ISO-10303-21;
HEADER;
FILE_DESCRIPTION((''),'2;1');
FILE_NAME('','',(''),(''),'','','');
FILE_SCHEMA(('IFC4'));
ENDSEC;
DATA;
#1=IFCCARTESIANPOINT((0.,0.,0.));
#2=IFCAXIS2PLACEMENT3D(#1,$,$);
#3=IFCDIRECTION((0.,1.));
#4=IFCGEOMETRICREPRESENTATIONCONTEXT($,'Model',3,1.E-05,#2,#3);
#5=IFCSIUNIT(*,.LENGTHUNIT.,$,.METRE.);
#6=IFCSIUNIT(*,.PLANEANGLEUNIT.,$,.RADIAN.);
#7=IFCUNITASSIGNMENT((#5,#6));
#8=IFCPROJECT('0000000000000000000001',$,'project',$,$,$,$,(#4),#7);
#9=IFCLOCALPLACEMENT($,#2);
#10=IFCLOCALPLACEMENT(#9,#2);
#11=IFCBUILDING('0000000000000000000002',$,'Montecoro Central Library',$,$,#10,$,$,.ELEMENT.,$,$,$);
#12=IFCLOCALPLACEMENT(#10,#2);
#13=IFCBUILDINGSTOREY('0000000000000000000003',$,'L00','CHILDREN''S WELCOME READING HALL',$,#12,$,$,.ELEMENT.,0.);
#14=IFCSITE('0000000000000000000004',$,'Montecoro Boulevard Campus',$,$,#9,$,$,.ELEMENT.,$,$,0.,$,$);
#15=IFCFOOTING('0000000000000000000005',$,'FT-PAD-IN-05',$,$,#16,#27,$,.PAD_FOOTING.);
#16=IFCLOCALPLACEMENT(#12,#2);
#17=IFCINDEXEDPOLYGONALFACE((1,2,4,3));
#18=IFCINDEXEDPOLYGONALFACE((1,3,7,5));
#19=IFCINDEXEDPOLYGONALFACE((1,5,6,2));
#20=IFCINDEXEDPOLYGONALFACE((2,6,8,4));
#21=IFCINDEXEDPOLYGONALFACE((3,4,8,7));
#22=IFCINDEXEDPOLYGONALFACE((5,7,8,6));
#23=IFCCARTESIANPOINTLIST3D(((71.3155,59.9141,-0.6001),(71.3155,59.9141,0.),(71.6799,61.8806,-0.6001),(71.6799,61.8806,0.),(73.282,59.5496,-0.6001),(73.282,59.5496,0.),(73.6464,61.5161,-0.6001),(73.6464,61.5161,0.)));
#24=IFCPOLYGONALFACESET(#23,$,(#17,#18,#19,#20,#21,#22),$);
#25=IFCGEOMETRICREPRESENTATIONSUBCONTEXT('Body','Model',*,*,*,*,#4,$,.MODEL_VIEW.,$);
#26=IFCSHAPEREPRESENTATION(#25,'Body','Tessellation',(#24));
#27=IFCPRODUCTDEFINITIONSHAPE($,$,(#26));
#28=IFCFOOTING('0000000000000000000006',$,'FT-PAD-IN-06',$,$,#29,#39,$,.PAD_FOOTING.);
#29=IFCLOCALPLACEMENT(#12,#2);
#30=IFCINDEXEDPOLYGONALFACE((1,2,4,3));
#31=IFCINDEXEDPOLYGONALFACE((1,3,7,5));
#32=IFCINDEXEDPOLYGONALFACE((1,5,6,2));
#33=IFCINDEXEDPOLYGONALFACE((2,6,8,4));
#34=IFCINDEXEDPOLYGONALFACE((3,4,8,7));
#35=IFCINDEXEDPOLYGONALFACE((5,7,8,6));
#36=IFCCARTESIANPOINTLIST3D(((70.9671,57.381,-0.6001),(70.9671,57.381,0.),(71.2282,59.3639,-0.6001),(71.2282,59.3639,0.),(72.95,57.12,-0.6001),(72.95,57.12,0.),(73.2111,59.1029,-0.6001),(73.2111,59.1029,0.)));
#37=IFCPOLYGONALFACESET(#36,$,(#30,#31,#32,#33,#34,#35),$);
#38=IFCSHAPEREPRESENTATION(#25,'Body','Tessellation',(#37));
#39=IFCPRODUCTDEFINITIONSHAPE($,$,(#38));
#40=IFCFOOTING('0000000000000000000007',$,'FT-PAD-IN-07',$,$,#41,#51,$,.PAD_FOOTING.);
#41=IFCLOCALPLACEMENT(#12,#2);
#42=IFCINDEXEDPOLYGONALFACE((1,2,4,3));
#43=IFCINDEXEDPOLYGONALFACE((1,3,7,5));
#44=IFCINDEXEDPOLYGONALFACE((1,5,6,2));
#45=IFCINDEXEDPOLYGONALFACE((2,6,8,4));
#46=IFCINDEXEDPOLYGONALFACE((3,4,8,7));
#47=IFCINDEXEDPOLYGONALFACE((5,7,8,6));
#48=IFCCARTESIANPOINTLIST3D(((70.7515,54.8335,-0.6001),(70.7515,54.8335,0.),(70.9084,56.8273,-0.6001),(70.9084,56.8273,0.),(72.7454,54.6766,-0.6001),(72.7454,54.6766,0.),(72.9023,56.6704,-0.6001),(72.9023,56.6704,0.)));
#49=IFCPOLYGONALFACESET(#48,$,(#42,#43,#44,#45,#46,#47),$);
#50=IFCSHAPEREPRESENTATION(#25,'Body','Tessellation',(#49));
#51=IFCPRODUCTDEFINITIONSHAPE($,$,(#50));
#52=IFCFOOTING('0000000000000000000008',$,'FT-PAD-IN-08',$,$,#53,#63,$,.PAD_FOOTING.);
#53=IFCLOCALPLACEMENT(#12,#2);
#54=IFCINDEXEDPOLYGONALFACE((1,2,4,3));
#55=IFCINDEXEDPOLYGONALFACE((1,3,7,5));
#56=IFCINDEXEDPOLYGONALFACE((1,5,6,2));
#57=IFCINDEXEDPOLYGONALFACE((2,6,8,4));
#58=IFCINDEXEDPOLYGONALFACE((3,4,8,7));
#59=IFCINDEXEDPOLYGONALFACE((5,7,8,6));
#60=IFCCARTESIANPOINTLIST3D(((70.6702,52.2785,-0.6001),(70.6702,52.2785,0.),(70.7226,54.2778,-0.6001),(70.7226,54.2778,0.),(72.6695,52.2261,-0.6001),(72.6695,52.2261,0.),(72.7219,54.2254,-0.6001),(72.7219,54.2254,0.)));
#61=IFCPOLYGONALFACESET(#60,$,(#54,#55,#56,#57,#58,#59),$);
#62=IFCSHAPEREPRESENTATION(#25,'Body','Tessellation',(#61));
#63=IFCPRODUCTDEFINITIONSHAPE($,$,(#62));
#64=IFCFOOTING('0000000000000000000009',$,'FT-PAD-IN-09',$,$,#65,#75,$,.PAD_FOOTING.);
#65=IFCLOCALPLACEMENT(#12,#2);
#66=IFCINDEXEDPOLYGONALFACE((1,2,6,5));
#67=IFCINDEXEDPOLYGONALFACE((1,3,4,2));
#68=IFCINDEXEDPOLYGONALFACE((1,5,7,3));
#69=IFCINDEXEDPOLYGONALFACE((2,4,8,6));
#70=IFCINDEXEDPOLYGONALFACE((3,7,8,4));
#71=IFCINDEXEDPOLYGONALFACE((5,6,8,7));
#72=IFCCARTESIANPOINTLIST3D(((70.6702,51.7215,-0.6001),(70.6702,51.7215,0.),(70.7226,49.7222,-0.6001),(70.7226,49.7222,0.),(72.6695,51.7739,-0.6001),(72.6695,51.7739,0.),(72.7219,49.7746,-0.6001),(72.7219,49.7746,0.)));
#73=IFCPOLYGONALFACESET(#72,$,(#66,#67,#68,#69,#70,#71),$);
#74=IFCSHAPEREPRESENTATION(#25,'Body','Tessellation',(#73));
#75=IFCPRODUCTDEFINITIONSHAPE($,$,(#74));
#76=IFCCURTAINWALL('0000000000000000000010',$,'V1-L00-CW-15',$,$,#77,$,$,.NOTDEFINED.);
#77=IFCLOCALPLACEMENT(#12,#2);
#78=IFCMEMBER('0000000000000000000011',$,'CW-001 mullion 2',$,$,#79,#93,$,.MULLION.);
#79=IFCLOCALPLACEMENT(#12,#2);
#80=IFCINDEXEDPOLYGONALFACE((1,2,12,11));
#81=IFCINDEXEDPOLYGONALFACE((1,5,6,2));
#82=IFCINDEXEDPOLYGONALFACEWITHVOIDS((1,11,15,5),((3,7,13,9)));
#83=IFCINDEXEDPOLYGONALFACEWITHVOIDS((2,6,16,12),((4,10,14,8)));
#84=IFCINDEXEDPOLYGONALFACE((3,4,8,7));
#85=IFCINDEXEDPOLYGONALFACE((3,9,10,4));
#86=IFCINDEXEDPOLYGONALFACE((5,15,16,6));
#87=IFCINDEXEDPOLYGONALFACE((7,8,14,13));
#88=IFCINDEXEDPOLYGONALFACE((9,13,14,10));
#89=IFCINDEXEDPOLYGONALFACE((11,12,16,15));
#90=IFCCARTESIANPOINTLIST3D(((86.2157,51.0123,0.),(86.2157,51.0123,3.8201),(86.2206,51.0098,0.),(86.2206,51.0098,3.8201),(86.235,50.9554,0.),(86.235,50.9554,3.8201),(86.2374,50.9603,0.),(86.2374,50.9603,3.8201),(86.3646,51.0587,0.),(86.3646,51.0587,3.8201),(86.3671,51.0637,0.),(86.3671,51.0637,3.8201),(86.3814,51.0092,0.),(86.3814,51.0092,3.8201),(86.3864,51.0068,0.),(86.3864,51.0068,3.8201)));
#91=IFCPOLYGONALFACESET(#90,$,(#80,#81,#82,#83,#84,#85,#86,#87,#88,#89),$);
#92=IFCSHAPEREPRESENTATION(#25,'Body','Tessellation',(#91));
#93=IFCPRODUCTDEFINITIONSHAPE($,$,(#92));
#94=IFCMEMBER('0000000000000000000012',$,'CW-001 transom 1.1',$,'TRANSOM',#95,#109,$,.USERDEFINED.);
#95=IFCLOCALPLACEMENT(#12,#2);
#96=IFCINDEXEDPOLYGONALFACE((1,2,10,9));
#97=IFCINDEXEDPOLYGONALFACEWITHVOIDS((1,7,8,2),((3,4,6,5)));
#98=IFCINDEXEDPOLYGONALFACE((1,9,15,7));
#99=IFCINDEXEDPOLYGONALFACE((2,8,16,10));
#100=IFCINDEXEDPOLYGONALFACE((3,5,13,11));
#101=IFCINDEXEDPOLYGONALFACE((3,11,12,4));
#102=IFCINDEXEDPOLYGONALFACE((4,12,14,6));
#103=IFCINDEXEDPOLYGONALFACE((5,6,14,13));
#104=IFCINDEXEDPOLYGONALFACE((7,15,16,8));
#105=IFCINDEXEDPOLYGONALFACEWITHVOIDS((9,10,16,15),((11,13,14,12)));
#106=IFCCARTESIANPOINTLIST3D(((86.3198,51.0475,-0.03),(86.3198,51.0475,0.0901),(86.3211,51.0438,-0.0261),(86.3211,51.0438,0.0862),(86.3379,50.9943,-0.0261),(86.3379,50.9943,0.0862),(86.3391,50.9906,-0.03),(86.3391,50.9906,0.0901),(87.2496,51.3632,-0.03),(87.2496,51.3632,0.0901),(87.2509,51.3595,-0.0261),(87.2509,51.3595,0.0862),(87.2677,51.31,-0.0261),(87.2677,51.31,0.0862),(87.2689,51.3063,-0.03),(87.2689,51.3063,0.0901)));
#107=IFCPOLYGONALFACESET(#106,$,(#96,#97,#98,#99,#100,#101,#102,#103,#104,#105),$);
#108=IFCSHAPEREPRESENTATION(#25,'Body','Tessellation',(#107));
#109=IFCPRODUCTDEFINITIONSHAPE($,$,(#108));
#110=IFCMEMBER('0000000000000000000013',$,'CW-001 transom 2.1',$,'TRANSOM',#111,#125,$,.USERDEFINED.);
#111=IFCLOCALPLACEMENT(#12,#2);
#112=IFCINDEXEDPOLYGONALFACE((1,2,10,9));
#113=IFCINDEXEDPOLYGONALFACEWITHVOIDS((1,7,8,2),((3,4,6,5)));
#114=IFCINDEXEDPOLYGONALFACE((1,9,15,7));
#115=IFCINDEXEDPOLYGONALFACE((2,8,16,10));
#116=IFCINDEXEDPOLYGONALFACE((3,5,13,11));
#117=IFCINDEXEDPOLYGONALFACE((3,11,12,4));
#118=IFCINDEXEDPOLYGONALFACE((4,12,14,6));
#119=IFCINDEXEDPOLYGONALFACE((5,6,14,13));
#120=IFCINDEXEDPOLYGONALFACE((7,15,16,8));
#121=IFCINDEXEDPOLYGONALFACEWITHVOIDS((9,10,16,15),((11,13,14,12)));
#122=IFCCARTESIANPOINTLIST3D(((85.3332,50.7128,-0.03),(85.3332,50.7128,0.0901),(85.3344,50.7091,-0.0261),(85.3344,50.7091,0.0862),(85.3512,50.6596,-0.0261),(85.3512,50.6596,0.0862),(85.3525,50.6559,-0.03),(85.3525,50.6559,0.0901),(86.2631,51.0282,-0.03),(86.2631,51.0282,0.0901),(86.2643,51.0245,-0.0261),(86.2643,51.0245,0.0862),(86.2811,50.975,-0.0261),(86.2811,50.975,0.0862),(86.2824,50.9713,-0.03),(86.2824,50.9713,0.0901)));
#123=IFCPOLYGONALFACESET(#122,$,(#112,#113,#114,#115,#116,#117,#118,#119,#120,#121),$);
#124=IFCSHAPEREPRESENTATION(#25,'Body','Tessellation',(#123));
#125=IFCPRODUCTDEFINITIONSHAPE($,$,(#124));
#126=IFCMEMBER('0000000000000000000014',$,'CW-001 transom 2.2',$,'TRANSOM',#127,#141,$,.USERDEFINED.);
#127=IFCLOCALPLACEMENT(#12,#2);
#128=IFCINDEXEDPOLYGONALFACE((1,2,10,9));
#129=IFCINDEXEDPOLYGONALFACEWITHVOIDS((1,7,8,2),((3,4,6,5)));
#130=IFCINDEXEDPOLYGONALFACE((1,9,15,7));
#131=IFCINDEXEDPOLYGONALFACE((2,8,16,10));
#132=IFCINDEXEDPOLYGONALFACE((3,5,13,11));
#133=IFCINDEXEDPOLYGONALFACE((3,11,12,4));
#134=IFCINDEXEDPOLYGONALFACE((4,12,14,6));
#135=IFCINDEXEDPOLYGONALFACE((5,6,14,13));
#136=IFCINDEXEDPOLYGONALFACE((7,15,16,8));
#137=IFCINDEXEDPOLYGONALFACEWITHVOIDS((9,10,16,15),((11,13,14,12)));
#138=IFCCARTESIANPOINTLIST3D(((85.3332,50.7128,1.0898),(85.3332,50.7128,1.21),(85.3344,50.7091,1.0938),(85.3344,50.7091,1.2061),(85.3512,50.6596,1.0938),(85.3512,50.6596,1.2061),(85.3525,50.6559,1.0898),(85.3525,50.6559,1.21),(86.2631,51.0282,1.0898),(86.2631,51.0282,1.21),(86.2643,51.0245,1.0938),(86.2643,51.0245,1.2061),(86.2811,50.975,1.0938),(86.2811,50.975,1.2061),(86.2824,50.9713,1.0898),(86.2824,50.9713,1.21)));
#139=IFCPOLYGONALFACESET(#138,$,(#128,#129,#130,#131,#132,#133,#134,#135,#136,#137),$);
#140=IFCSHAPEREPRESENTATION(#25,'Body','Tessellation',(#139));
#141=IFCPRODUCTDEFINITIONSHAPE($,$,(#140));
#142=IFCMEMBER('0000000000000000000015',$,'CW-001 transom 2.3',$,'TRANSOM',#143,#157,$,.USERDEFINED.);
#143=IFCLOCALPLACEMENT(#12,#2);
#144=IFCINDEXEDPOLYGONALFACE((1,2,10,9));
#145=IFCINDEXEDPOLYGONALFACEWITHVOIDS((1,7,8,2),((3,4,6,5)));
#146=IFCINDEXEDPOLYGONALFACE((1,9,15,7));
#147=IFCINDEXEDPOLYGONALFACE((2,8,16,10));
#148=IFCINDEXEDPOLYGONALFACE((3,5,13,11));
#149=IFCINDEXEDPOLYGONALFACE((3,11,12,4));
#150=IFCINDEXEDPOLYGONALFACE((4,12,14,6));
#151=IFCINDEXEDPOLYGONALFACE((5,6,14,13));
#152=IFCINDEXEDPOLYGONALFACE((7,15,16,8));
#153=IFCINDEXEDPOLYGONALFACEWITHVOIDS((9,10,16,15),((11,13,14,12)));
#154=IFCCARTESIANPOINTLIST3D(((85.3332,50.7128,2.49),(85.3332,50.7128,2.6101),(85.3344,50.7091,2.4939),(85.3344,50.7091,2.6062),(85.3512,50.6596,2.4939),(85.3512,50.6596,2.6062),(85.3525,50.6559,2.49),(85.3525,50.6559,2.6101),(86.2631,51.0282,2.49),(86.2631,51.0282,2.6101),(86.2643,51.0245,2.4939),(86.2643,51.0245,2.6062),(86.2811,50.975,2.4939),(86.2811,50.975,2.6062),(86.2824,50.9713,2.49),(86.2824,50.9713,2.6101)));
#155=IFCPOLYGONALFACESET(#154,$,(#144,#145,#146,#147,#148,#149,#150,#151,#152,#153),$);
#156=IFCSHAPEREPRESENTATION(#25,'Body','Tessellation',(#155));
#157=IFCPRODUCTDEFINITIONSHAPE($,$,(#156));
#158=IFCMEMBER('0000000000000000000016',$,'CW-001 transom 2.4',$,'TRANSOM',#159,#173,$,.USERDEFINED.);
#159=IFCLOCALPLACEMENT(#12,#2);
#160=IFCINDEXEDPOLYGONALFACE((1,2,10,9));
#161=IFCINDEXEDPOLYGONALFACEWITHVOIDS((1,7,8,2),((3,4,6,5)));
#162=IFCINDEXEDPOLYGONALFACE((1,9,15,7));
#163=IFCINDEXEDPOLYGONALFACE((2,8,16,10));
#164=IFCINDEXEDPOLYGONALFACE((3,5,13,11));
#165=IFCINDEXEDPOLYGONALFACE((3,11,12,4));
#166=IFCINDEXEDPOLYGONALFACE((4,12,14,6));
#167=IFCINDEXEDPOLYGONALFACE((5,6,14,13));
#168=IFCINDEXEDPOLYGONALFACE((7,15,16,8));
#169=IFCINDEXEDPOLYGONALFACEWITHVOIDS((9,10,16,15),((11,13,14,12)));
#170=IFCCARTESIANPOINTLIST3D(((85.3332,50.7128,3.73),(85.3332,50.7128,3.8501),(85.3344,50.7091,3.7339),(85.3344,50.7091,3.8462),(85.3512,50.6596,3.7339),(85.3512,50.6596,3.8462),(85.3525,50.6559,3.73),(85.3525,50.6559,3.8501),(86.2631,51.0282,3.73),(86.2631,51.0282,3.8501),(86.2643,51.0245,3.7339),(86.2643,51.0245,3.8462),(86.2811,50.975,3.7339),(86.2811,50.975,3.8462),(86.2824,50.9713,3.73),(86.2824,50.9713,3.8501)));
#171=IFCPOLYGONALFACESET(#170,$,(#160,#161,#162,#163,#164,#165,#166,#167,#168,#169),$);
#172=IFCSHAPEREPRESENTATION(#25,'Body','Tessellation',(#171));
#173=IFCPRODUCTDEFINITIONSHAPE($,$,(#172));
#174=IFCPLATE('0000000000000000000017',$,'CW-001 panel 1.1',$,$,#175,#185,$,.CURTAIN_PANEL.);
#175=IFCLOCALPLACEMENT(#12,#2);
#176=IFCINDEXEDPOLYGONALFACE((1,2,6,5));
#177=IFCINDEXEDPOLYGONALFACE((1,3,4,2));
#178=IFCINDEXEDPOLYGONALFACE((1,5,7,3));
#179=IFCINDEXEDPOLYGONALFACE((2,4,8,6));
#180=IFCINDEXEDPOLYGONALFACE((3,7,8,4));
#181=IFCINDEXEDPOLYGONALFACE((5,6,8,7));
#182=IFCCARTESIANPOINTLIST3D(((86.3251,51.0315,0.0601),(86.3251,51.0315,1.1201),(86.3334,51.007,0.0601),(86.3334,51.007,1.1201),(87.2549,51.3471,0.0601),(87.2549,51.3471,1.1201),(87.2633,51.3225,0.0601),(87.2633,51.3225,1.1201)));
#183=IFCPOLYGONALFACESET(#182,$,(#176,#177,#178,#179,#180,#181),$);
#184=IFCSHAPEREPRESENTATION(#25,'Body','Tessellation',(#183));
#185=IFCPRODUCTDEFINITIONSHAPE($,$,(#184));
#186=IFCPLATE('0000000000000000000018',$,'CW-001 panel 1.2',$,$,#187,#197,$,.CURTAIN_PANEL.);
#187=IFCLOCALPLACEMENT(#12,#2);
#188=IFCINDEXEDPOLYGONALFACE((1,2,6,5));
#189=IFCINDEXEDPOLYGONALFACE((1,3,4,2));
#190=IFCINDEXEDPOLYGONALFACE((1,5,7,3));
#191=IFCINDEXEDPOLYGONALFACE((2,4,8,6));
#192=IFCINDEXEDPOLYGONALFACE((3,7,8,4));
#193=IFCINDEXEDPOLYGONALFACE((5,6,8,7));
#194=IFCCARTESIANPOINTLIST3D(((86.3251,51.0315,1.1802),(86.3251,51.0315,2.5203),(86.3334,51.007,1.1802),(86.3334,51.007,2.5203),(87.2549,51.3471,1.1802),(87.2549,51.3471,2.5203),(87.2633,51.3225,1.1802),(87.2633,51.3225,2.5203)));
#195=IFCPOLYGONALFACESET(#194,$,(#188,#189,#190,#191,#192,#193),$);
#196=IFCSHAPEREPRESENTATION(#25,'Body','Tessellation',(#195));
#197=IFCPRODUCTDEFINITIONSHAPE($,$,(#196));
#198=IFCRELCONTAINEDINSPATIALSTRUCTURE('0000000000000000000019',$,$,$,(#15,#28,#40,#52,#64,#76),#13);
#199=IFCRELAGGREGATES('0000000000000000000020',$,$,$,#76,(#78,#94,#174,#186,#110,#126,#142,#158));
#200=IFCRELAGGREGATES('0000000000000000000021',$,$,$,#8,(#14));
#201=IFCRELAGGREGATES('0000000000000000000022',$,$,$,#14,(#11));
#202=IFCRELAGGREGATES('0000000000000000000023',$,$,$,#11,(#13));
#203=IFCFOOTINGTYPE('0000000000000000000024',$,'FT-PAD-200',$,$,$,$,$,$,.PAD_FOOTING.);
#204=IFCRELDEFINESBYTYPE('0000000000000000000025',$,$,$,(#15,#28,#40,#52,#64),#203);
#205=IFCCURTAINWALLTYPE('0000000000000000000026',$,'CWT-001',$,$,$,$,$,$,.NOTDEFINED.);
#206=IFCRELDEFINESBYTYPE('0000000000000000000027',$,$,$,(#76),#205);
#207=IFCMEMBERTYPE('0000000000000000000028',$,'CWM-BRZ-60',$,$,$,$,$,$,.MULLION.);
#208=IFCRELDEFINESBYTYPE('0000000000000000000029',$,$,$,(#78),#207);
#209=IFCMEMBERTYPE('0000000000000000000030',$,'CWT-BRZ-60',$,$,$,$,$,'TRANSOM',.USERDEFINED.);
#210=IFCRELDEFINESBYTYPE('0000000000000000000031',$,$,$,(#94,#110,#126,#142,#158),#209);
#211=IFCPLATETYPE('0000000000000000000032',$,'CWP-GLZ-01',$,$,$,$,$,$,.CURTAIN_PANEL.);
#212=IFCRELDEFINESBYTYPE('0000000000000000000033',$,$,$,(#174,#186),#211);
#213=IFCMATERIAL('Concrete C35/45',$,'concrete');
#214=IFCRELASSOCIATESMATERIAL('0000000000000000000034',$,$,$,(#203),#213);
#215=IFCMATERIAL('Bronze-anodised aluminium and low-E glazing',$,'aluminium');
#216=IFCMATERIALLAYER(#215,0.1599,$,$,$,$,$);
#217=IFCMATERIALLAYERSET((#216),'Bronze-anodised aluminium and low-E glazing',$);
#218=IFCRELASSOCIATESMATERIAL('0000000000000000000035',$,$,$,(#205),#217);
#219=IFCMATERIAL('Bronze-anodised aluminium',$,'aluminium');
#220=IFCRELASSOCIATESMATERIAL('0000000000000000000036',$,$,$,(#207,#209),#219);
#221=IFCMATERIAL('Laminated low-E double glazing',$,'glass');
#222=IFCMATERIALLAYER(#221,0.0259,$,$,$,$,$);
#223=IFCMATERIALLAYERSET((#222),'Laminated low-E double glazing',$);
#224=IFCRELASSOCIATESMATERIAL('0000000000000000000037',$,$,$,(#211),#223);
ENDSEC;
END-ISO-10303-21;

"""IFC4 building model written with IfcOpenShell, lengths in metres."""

from ifc_helpers import new_model, si_unit, direction, frame, origin, origin_2d, place, context, subcontext, project, spatial, rectangle, hollow_rectangle, extrude, material, layer, layer_set, material_profile, profile_set, type_object, element, aggregate, save


model = new_model("IFC4")

# Units and contexts
model_context = context("Model", 3, precision=1e-05, world=origin(), true_north=direction((0.0, 1.0)))
body_context = subcontext(model_context, "Body", "Model", "MODEL_VIEW")
ifc_project = project(units=[si_unit("LENGTHUNIT", "METRE"), si_unit("PLANEANGLEUNIT", "RADIAN")], contexts=[model_context])

# Site, building, storey
site_placement = place(None, origin())
site = spatial("IfcSite", under=ifc_project, at=site_placement, Name="Montecoro Boulevard Campus", CompositionType="ELEMENT", RefElevation=0.0)
building_placement = place(site_placement, origin())
building = spatial("IfcBuilding", under=site, at=building_placement, Name="Montecoro Central Library", CompositionType="ELEMENT")
storey_placement = place(building_placement, origin())
storey = spatial("IfcBuildingStorey", under=building, at=storey_placement, Name="L00", Description="CHILDREN'S WELCOME READING HALL", CompositionType="ELEMENT", Elevation=0.0)

# Footings
ifc_material_1 = material(Name="Concrete C35/45", Category="concrete")
footing_type = type_object("IfcFootingType", Name="FT-PAD-200", PredefinedType="PAD_FOOTING", material=ifc_material_1)
for number, where, z_axis, x_axis, name in (
    (1, (72.481, 60.7151, -0.6001), (0.0, 0.0, 1.0), (-0.182236, -0.983255, 0.0), "FT-PAD-IN-05"),
    (2, (72.0891, 58.2419, -0.6001), (0.0, 0.0, 1.0), (-0.130526, -0.991445, 0.0), "FT-PAD-IN-06"),
    (3, (71.8269, 55.752, -0.6001), (0.0, 0.0, 1.0), (-0.078459, -0.996917, 0.0), "FT-PAD-IN-07"),
    (4, (71.696, 53.252, -0.6001), (0.0, 0.0, 1.0), (-0.026177, -0.999657, 0.0), "FT-PAD-IN-08"),
    (5, (71.696, 50.748, -0.6001), (0.0, 0.0, 1.0), (0.026177, -0.999657, 0.0), "FT-PAD-IN-09"),
):
    element("IfcFooting", number, at=place(storey_placement, frame(where, z_axis=z_axis, x_axis=x_axis)), inside=storey, type_object=footing_type, Name=name, PredefinedType="PAD_FOOTING", context=body_context, shape_type="SweptSolid", body=[
        extrude(rectangle(XDim=2.0, YDim=2.0, at=origin_2d()), origin(), (0.0, 0.0, 1.0), 0.6001),
    ])

# Curtain wall, members, plates
ifc_material_2 = material(Name="Bronze-anodised aluminium and low-E glazing", Category="aluminium")
ifc_layer_1 = layer(ifc_material_2, 0.1599)
ifc_layer_set_1 = layer_set([ifc_layer_1], Name="Bronze-anodised aluminium and low-E glazing")
curtain_wall_type = type_object("IfcCurtainWallType", Name="CWT-001", PredefinedType="NOTDEFINED", material=ifc_layer_set_1)
curtain_wall_placement = place(storey_placement, origin())
curtain_wall = element("IfcCurtainWall", 6, at=curtain_wall_placement, inside=storey, type_object=curtain_wall_type, Name="V1-L00-CW-15", PredefinedType="NOTDEFINED")
ifc_material_3 = material(Name="Bronze-anodised aluminium", Category="aluminium")
ifc_material_profile_1 = material_profile(ifc_material_3, hollow_rectangle(XDim=0.0601, YDim=0.1599, WallThickness=0.0039, at=origin_2d()), Name="CWM 160x60x4.0")
ifc_profile_set_1 = profile_set([ifc_material_profile_1], Name="Bronze-anodised aluminium")
member_type_1 = type_object("IfcMemberType", Name="CWM-BRZ-60", PredefinedType="MULLION", material=ifc_profile_set_1)
member_1_placement = place(storey_placement, frame((86.301, 51.0095, 0.0), z_axis=(0.0, 0.0, 1.0), x_axis=(0.321401, -0.946943, 0.0)))
member_1 = element("IfcMember", 7, at=member_1_placement, type_object=member_type_1, Name="CW-001 mullion 2", PredefinedType="MULLION", context=body_context, shape_type="SweptSolid", body=[
    extrude(hollow_rectangle(XDim=0.0601, YDim=0.1599, WallThickness=0.0039, at=origin_2d()), origin(), (0.0, 0.0, 1.0), 3.8201),
])
ifc_material_profile_2 = material_profile(ifc_material_3, hollow_rectangle(XDim=0.0601, YDim=0.1201, WallThickness=0.0039, at=origin_2d()), Name="CWT 120x60x4.0")
ifc_profile_set_2 = profile_set([ifc_material_profile_2], Name="Bronze-anodised aluminium")
member_type_2 = type_object("IfcMemberType", Name="CWT-BRZ-60", ElementType="TRANSOM", PredefinedType="USERDEFINED", material=ifc_profile_set_2)
member_2_placement = place(storey_placement, frame((87.2593, 51.3347, 0.03), z_axis=(-0.946929, -0.321444, 0.0), x_axis=(0.321444, -0.946929, 0.0)))
member_2 = element("IfcMember", 8, at=member_2_placement, type_object=member_type_2, Name="CW-001 transom 1.1", ObjectType="TRANSOM", PredefinedType="USERDEFINED", context=body_context, shape_type="SweptSolid", body=[
    extrude(hollow_rectangle(XDim=0.0601, YDim=0.1201, WallThickness=0.0039, at=origin_2d()), origin(), (0.0, 0.0, 1.0), 0.9819),
])
member_3_placement = place(storey_placement, frame((86.2727, 50.9998, 0.03), z_axis=(-0.947004, -0.321221, 0.0), x_axis=(0.321221, -0.947004, 0.0)))
member_3 = element("IfcMember", 9, at=member_3_placement, type_object=member_type_2, Name="CW-001 transom 2.1", ObjectType="TRANSOM", PredefinedType="USERDEFINED", context=body_context, shape_type="SweptSolid", body=[
    extrude(hollow_rectangle(XDim=0.0601, YDim=0.1201, WallThickness=0.0039, at=origin_2d()), origin(), (0.0, 0.0, 1.0), 0.9819),
])
member_4_placement = place(storey_placement, frame((86.2727, 50.9998, 1.1499), z_axis=(-0.947004, -0.321221, 0.0), x_axis=(0.321221, -0.947004, 0.0)))
member_4 = element("IfcMember", 10, at=member_4_placement, type_object=member_type_2, Name="CW-001 transom 2.2", ObjectType="TRANSOM", PredefinedType="USERDEFINED", context=body_context, shape_type="SweptSolid", body=[
    extrude(hollow_rectangle(XDim=0.0601, YDim=0.1201, WallThickness=0.0039, at=origin_2d()), origin(), (0.0, 0.0, 1.0), 0.9819),
])
member_5_placement = place(storey_placement, frame((86.2727, 50.9998, 2.55), z_axis=(-0.947004, -0.321221, 0.0), x_axis=(0.321221, -0.947004, 0.0)))
member_5 = element("IfcMember", 11, at=member_5_placement, type_object=member_type_2, Name="CW-001 transom 2.3", ObjectType="TRANSOM", PredefinedType="USERDEFINED", context=body_context, shape_type="SweptSolid", body=[
    extrude(hollow_rectangle(XDim=0.0601, YDim=0.1201, WallThickness=0.0039, at=origin_2d()), origin(), (0.0, 0.0, 1.0), 0.9819),
])
member_6_placement = place(storey_placement, frame((86.2727, 50.9998, 3.79), z_axis=(-0.947004, -0.321221, 0.0), x_axis=(0.321221, -0.947004, 0.0)))
member_6 = element("IfcMember", 12, at=member_6_placement, type_object=member_type_2, Name="CW-001 transom 2.4", ObjectType="TRANSOM", PredefinedType="USERDEFINED", context=body_context, shape_type="SweptSolid", body=[
    extrude(hollow_rectangle(XDim=0.0601, YDim=0.1201, WallThickness=0.0039, at=origin_2d()), origin(), (0.0, 0.0, 1.0), 0.9819),
])
ifc_material_4 = material(Name="Laminated low-E double glazing", Category="glass")
ifc_layer_2 = layer(ifc_material_4, 0.0259)
ifc_layer_set_2 = layer_set([ifc_layer_2], Name="Laminated low-E double glazing")
plate_type_1 = type_object("IfcPlateType", Name="CWP-GLZ-01", PredefinedType="CURTAIN_PANEL", material=ifc_layer_set_2)
plate_1_placement = place(storey_placement, frame((86.7942, 51.177, 0.0601), z_axis=(0.0, 0.0, 1.0), x_axis=(-0.946943, -0.321401, 0.0)))
plate_1 = element("IfcPlate", 13, at=plate_1_placement, type_object=plate_type_1, Name="CW-001 panel 1.1", PredefinedType="CURTAIN_PANEL", context=body_context, shape_type="SweptSolid", body=[
    extrude(rectangle(XDim=0.9819, YDim=0.0259, at=origin_2d()), origin(), (0.0, 0.0, 1.0), 1.0601),
])
plate_2_placement = place(storey_placement, frame((86.7942, 51.177, 1.1802), z_axis=(0.0, 0.0, 1.0), x_axis=(-0.946943, -0.321401, 0.0)))
plate_2 = element("IfcPlate", 14, at=plate_2_placement, type_object=plate_type_1, Name="CW-001 panel 1.2", PredefinedType="CURTAIN_PANEL", context=body_context, shape_type="SweptSolid", body=[
    extrude(rectangle(XDim=0.9819, YDim=0.0259, at=origin_2d()), origin(), (0.0, 0.0, 1.0), 1.3401),
])
aggregate(curtain_wall, [member_1, member_2, plate_1, plate_2, member_3, member_4, member_5, member_6])

save(model, "model.ifc")
